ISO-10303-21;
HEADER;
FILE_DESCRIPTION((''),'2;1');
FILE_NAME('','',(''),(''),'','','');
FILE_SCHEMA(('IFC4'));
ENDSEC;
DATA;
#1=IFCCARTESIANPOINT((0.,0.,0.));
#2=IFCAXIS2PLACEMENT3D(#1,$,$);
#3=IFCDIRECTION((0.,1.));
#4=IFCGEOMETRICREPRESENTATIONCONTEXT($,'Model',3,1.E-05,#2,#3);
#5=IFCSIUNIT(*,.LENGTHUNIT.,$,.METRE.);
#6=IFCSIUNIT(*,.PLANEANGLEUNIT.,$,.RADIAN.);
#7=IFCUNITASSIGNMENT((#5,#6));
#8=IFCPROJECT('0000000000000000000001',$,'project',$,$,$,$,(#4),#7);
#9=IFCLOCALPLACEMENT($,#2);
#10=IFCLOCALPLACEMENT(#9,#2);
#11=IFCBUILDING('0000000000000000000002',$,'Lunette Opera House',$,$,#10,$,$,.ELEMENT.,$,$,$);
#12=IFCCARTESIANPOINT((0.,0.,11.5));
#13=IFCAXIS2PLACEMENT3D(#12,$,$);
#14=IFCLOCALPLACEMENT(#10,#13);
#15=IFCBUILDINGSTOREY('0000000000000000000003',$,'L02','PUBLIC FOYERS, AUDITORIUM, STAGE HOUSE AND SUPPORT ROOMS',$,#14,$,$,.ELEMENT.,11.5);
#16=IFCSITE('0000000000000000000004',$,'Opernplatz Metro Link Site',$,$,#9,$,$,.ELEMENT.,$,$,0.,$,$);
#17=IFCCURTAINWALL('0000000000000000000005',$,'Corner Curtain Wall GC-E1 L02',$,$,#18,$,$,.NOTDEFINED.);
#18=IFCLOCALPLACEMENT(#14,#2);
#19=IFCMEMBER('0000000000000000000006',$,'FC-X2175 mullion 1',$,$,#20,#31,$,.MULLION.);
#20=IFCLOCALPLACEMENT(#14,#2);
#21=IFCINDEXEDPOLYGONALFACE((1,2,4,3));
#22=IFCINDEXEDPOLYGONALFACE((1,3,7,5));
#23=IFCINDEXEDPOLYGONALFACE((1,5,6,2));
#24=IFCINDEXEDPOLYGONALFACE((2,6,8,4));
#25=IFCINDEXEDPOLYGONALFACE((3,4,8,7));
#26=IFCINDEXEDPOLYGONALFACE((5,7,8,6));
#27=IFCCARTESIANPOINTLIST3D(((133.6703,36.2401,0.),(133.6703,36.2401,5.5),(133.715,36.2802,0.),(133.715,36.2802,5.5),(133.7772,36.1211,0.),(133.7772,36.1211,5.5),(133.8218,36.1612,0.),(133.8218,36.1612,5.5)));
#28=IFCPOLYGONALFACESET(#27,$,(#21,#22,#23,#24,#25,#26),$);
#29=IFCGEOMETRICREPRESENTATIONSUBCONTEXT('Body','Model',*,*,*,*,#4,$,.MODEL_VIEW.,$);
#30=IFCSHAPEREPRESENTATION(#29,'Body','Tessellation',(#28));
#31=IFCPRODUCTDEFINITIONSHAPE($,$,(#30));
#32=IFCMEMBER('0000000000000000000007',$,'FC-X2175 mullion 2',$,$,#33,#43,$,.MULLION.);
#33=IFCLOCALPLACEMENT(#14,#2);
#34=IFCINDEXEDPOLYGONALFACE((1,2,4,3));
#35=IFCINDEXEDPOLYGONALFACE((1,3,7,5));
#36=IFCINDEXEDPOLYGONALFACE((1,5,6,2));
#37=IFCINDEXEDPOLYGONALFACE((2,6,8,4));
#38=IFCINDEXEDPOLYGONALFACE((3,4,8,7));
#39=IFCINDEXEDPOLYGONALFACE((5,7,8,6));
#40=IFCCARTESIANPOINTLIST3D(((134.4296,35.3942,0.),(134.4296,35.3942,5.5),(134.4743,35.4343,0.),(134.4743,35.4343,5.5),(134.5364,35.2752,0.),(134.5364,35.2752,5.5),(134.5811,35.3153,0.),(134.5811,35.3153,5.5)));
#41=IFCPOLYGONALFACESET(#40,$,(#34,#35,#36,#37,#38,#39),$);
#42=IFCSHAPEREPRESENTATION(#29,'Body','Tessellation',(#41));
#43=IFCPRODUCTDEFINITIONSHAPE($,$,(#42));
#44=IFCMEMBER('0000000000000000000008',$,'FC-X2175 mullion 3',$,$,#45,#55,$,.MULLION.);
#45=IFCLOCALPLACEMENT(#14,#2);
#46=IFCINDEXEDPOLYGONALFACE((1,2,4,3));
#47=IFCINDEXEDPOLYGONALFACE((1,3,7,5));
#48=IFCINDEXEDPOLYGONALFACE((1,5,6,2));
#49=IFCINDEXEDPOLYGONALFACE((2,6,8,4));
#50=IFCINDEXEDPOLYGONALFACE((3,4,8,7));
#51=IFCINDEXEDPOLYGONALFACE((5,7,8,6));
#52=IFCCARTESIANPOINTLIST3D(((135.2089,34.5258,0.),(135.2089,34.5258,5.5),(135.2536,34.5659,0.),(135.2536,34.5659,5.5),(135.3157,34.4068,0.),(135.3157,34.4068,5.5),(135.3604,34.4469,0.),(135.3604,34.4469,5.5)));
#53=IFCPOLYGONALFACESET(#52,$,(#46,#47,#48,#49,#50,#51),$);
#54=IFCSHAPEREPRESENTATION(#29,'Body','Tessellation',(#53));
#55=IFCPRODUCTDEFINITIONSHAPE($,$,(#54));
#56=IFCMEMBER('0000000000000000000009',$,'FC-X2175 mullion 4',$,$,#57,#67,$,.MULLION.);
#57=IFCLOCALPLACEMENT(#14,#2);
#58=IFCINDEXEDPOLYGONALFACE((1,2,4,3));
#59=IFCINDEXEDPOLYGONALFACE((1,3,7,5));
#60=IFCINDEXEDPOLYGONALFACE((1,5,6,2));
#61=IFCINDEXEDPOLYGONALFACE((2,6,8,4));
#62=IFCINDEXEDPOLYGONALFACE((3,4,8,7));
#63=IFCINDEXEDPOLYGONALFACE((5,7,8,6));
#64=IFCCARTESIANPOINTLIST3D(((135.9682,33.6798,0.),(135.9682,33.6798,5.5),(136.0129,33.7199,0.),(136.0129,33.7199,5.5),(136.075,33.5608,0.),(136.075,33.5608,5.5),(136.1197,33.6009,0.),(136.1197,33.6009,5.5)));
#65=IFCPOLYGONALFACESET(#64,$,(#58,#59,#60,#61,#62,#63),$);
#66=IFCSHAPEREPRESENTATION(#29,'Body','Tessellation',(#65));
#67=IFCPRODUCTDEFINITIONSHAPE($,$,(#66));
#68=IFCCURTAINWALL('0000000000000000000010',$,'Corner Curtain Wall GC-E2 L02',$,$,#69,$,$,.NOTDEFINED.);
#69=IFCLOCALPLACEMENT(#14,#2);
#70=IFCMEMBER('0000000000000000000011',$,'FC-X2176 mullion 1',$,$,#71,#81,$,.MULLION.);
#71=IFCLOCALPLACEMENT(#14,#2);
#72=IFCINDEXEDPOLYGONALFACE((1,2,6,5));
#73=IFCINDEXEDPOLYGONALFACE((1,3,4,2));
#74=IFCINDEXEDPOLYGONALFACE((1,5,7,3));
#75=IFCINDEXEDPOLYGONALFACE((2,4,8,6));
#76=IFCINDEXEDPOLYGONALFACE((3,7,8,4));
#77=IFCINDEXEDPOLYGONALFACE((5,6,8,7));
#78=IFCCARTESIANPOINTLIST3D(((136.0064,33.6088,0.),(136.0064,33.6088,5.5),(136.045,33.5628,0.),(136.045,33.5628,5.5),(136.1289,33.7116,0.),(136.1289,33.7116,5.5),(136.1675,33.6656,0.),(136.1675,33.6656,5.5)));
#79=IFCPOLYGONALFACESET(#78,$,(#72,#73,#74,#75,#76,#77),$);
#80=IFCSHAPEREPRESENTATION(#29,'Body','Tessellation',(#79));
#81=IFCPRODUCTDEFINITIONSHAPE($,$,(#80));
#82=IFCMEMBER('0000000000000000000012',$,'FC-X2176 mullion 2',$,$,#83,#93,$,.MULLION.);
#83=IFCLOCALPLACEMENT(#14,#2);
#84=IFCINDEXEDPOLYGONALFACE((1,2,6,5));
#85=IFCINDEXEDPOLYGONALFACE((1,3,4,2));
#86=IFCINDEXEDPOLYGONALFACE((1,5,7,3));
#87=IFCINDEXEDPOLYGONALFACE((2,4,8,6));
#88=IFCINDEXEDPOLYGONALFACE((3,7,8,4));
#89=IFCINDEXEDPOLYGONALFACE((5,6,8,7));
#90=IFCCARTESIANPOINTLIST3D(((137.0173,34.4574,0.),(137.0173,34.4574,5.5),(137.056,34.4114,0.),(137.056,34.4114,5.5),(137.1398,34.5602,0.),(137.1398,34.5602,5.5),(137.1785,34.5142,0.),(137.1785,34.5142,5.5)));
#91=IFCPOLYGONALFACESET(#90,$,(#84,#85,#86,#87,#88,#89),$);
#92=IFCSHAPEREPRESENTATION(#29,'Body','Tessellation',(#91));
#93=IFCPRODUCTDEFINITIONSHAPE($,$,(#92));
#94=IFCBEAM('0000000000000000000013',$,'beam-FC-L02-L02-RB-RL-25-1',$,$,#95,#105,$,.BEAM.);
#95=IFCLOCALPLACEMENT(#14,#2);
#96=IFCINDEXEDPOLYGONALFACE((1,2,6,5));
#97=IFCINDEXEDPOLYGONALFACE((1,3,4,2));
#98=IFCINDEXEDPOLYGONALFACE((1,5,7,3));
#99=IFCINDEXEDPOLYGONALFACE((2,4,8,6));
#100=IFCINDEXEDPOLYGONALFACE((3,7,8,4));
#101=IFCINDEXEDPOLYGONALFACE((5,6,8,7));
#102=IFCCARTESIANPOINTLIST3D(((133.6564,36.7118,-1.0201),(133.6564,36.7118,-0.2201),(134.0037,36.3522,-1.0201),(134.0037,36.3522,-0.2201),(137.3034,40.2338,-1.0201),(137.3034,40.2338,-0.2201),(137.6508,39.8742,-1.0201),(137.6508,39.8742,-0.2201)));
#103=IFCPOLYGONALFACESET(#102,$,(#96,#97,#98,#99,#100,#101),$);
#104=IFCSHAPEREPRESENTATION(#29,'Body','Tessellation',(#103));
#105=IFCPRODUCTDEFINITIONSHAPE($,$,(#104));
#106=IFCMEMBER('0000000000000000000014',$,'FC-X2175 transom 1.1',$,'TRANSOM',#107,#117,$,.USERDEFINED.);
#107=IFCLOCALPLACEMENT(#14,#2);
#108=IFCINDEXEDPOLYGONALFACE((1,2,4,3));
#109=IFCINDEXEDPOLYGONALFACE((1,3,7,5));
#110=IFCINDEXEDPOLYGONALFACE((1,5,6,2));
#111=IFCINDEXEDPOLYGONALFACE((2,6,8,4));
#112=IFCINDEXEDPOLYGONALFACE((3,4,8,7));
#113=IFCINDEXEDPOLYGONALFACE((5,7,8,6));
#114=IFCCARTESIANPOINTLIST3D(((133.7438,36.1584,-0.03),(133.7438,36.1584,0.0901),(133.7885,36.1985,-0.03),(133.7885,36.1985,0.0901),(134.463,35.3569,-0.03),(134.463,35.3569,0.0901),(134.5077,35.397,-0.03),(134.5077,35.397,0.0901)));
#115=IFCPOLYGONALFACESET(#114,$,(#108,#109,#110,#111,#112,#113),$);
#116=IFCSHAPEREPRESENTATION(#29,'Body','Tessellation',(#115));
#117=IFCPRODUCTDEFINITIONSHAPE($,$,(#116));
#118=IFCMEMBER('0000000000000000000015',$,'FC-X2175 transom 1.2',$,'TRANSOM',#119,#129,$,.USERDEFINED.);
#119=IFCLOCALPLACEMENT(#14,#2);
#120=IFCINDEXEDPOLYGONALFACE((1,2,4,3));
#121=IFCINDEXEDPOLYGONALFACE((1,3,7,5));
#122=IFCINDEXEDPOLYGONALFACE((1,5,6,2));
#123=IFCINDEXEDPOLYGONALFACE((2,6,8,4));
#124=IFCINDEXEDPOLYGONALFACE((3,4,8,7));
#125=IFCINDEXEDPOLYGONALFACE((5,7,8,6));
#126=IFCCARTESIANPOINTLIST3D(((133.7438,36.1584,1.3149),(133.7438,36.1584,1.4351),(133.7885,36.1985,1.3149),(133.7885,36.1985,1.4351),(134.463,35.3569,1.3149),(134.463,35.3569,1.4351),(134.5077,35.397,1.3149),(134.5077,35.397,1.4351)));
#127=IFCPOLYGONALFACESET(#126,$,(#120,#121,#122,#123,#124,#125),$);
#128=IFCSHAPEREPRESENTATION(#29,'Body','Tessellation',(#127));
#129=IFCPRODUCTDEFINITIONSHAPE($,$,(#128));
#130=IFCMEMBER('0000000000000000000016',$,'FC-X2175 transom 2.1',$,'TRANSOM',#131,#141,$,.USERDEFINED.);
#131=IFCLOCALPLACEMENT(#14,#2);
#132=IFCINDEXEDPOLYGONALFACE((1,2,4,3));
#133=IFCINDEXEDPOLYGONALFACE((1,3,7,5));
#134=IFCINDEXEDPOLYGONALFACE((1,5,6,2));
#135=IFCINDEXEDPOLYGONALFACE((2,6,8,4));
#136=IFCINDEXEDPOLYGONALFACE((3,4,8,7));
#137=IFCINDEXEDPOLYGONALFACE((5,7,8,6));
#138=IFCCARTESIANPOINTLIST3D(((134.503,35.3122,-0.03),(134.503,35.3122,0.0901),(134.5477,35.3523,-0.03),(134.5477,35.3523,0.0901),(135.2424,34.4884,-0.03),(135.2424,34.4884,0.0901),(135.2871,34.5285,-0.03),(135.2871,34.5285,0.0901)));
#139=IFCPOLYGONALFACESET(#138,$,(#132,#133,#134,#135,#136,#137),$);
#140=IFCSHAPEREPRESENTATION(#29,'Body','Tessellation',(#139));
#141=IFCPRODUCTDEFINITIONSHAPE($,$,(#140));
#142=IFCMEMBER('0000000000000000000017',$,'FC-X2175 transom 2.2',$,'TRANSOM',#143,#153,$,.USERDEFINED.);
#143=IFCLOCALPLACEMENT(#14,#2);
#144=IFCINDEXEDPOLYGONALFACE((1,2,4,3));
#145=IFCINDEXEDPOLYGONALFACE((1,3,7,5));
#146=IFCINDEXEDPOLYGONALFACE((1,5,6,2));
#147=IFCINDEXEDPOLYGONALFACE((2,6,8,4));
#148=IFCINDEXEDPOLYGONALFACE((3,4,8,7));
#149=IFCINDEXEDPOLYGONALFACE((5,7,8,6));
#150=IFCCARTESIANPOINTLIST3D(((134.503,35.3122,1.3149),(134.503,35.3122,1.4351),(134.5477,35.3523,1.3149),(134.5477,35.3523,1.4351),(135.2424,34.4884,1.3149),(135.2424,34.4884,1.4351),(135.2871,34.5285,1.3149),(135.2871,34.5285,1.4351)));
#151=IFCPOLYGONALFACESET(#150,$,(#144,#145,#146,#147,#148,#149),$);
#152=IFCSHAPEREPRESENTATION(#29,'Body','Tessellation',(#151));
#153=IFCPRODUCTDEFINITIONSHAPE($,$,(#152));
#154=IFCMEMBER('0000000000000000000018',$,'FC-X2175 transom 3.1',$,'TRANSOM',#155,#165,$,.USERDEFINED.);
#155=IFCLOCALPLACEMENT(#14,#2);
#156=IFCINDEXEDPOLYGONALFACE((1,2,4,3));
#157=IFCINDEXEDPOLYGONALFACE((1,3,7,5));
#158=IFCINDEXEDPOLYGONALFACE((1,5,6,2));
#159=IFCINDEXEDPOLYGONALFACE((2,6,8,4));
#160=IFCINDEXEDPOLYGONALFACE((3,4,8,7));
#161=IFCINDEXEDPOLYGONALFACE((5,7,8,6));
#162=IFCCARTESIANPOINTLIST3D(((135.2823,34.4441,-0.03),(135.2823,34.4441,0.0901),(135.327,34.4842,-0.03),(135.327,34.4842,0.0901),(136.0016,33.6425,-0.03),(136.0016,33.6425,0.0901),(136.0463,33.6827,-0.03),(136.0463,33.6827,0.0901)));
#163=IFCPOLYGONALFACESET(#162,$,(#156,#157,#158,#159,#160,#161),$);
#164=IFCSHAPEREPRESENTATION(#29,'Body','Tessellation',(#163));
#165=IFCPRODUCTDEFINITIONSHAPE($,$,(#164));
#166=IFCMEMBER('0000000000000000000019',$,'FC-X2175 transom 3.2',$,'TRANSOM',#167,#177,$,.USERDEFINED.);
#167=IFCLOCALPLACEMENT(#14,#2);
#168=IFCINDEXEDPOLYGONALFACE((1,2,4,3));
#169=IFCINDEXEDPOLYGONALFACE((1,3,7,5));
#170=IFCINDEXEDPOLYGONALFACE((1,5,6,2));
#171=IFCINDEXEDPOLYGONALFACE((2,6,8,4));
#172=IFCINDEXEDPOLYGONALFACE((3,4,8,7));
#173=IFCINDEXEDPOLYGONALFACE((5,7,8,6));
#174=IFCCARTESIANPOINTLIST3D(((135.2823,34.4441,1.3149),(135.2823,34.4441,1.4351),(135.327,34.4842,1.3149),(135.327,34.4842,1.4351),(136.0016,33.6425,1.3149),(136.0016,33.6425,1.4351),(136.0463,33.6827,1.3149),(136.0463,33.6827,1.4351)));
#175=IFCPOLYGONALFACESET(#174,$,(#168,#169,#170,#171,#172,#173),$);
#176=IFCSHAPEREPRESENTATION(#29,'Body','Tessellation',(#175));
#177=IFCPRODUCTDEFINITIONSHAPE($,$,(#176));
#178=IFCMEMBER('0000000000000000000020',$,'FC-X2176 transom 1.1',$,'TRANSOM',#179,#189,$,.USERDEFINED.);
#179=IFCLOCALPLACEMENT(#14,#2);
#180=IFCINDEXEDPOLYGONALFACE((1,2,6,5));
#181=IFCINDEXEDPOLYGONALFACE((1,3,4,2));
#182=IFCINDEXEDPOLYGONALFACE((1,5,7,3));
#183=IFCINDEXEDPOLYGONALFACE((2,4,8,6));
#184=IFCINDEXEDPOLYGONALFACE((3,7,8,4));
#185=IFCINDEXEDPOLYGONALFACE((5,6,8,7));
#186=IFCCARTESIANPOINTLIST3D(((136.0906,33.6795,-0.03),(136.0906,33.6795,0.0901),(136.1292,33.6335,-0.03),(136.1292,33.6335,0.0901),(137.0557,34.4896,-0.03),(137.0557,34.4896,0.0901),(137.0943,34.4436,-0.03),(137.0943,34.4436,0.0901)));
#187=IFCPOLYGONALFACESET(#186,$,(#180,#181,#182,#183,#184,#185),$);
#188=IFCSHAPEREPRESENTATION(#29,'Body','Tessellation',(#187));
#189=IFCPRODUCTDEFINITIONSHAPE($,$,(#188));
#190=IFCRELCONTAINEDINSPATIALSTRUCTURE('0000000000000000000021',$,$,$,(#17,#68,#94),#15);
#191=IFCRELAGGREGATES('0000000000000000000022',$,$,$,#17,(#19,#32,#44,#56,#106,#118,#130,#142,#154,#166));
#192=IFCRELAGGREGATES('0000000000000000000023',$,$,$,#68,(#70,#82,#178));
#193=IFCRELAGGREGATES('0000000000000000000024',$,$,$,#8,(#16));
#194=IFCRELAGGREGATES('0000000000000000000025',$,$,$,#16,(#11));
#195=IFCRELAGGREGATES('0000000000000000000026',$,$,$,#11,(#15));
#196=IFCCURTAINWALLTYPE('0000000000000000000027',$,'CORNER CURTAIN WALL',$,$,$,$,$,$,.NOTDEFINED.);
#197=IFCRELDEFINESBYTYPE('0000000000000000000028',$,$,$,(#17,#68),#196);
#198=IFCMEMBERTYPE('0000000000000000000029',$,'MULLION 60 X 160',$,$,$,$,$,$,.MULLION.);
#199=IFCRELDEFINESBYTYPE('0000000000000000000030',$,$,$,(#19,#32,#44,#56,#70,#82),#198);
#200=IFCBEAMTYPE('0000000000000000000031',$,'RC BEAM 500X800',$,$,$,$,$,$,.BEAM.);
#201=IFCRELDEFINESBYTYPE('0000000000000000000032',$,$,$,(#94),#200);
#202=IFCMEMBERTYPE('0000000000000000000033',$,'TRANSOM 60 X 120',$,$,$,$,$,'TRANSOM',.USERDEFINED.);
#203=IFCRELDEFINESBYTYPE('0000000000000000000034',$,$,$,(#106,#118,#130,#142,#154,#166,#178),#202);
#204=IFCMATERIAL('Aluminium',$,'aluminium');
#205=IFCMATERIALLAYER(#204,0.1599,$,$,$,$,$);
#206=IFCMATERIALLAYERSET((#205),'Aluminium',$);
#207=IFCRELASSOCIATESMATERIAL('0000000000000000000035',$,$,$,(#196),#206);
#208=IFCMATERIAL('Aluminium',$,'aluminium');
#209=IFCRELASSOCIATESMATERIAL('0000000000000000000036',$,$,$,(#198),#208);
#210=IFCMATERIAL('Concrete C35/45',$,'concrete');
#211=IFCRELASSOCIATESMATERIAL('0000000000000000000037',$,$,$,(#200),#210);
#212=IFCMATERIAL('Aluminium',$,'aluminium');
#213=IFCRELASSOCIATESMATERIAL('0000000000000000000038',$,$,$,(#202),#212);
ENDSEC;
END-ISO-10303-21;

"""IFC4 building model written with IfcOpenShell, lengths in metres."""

from ifc_helpers import new_model, si_unit, direction, frame, origin, origin_2d, place, context, subcontext, project, spatial, rectangle, extrude, material, layer, layer_set, material_profile, profile_set, type_object, element, aggregate, save


model = new_model("IFC4")

# Units and contexts
model_context = context("Model", 3, precision=1e-05, world=origin(), true_north=direction((0.0, 1.0)))
body_context = subcontext(model_context, "Body", "Model", "MODEL_VIEW")
ifc_project = project(units=[si_unit("LENGTHUNIT", "METRE"), si_unit("PLANEANGLEUNIT", "RADIAN")], contexts=[model_context])

# Site, building, storey
site_placement = place(None, origin())
site = spatial("IfcSite", under=ifc_project, at=site_placement, Name="Opernplatz Metro Link Site", CompositionType="ELEMENT", RefElevation=0.0)
building_placement = place(site_placement, origin())
building = spatial("IfcBuilding", under=site, at=building_placement, Name="Lunette Opera House", CompositionType="ELEMENT")
storey_placement = place(building_placement, frame((0.0, 0.0, 11.5)))
storey = spatial("IfcBuildingStorey", under=building, at=storey_placement, Name="L02", Description="PUBLIC FOYERS, AUDITORIUM, STAGE HOUSE AND SUPPORT ROOMS", CompositionType="ELEMENT", Elevation=11.5)

# Curtain walls, members
ifc_material_1 = material(Name="Aluminium", Category="aluminium")
ifc_layer_1 = layer(ifc_material_1, 0.1599)
ifc_layer_set_1 = layer_set([ifc_layer_1], Name="Aluminium")
curtain_wall_type = type_object("IfcCurtainWallType", Name="CORNER CURTAIN WALL", PredefinedType="NOTDEFINED", material=ifc_layer_set_1)
curtain_wall_1_placement = place(storey_placement, origin())
curtain_wall_1 = element("IfcCurtainWall", 1, at=curtain_wall_1_placement, inside=storey, type_object=curtain_wall_type, Name="Corner Curtain Wall GC-E1 L02", PredefinedType="NOTDEFINED")
ifc_material_2 = material(Name="Aluminium", Category="aluminium")
ifc_material_profile_1 = material_profile(ifc_material_2, rectangle(XDim=0.0601, YDim=0.1599, at=origin_2d()), Name="MULLION 60 X 160")
ifc_profile_set_1 = profile_set([ifc_material_profile_1], Name="Aluminium")
member_type_1 = type_object("IfcMemberType", Name="MULLION 60 X 160", PredefinedType="MULLION", material=ifc_profile_set_1)
member_1_placement = place(storey_placement, frame((133.7461, 36.2007, 0.0), z_axis=(0.0, 0.0, 1.0), x_axis=(0.744217, 0.667938, 0.0)))
member_1 = element("IfcMember", 2, at=member_1_placement, type_object=member_type_1, Name="FC-X2175 mullion 1", PredefinedType="MULLION", context=body_context, shape_type="SweptSolid", body=[
    extrude(rectangle(XDim=0.0601, YDim=0.1599, at=origin_2d()), origin(), (0.0, 0.0, 1.0), 5.5),
])
member_2_placement = place(storey_placement, frame((134.5054, 35.3547, 0.0), z_axis=(0.0, 0.0, 1.0), x_axis=(0.744217, 0.667938, 0.0)))
member_2 = element("IfcMember", 3, at=member_2_placement, type_object=member_type_1, Name="FC-X2175 mullion 2", PredefinedType="MULLION", context=body_context, shape_type="SweptSolid", body=[
    extrude(rectangle(XDim=0.0601, YDim=0.1599, at=origin_2d()), origin(), (0.0, 0.0, 1.0), 5.5),
])
member_3_placement = place(storey_placement, frame((135.2847, 34.4863, 0.0), z_axis=(0.0, 0.0, 1.0), x_axis=(0.744217, 0.667938, 0.0)))
member_3 = element("IfcMember", 4, at=member_3_placement, type_object=member_type_1, Name="FC-X2175 mullion 3", PredefinedType="MULLION", context=body_context, shape_type="SweptSolid", body=[
    extrude(rectangle(XDim=0.0601, YDim=0.1599, at=origin_2d()), origin(), (0.0, 0.0, 1.0), 5.5),
])
member_4_placement = place(storey_placement, frame((136.0439, 33.6404, 0.0), z_axis=(0.0, 0.0, 1.0), x_axis=(0.744217, 0.667938, 0.0)))
member_4 = element("IfcMember", 5, at=member_4_placement, type_object=member_type_1, Name="FC-X2175 mullion 4", PredefinedType="MULLION", context=body_context, shape_type="SweptSolid", body=[
    extrude(rectangle(XDim=0.0601, YDim=0.1599, at=origin_2d()), origin(), (0.0, 0.0, 1.0), 5.5),
])
curtain_wall_2_placement = place(storey_placement, origin())
curtain_wall_2 = element("IfcCurtainWall", 6, at=curtain_wall_2_placement, inside=storey, type_object=curtain_wall_type, Name="Corner Curtain Wall GC-E2 L02", PredefinedType="NOTDEFINED")
member_5_placement = place(storey_placement, frame((136.0869, 33.6372, 0.0), z_axis=(0.0, 0.0, 1.0), x_axis=(-0.64284, 0.766, 0.0)))
member_5 = element("IfcMember", 7, at=member_5_placement, type_object=member_type_1, Name="FC-X2176 mullion 1", PredefinedType="MULLION", context=body_context, shape_type="SweptSolid", body=[
    extrude(rectangle(XDim=0.0601, YDim=0.1599, at=origin_2d()), origin(), (0.0, 0.0, 1.0), 5.5),
])
member_6_placement = place(storey_placement, frame((137.0979, 34.4858, 0.0), z_axis=(0.0, 0.0, 1.0), x_axis=(-0.64284, 0.766, 0.0)))
member_6 = element("IfcMember", 8, at=member_6_placement, type_object=member_type_1, Name="FC-X2176 mullion 2", PredefinedType="MULLION", context=body_context, shape_type="SweptSolid", body=[
    extrude(rectangle(XDim=0.0601, YDim=0.1599, at=origin_2d()), origin(), (0.0, 0.0, 1.0), 5.5),
])

# Beam
ifc_material_3 = material(Name="Concrete C35/45", Category="concrete")
ifc_material_profile_2 = material_profile(ifc_material_3, rectangle(XDim=0.5, YDim=0.8, at=origin_2d()), Name="RC BEAM 500X800")
ifc_profile_set_2 = profile_set([ifc_material_profile_2], Name="Concrete C35/45")
beam_type = type_object("IfcBeamType", Name="RC BEAM 500X800", PredefinedType="BEAM", material=ifc_profile_set_2)
beam_placement = place(storey_placement, frame((133.8301, 36.532, -0.6201), z_axis=(0.719327, 0.694672, 0.0), x_axis=(-0.694672, 0.719327, 0.0)))
element("IfcBeam", 9, at=beam_placement, inside=storey, type_object=beam_type, Name="beam-FC-L02-L02-RB-RL-25-1", PredefinedType="BEAM", context=body_context, shape_type="SweptSolid", body=[
    extrude(rectangle(XDim=0.5, YDim=0.8, at=origin_2d()), origin(), (0.0, 0.0, 1.0), 5.0701),
])

# Members
ifc_material_4 = material(Name="Aluminium", Category="aluminium")
ifc_material_profile_3 = material_profile(ifc_material_4, rectangle(XDim=0.0601, YDim=0.1201, at=origin_2d()), Name="TRANSOM 60 X 120")
ifc_profile_set_3 = profile_set([ifc_material_profile_3], Name="Aluminium")
member_type_2 = type_object("IfcMemberType", Name="TRANSOM 60 X 120", ElementType="TRANSOM", PredefinedType="USERDEFINED", material=ifc_profile_set_3)
member_7_placement = place(storey_placement, frame((133.7661, 36.1785, 0.03), z_axis=(0.667874, -0.744274, 0.0), x_axis=(0.744274, 0.667874, 0.0)))
member_7 = element("IfcMember", 10, at=member_7_placement, type_object=member_type_2, Name="FC-X2175 transom 1.1", ObjectType="TRANSOM", PredefinedType="USERDEFINED", context=body_context, shape_type="SweptSolid", body=[
    extrude(rectangle(XDim=0.0601, YDim=0.1201, at=origin_2d()), origin(), (0.0, 0.0, 1.0), 1.0769),
])
member_8_placement = place(storey_placement, frame((133.7661, 36.1785, 1.375), z_axis=(0.667874, -0.744274, 0.0), x_axis=(0.744274, 0.667874, 0.0)))
member_8 = element("IfcMember", 11, at=member_8_placement, type_object=member_type_2, Name="FC-X2175 transom 1.2", ObjectType="TRANSOM", PredefinedType="USERDEFINED", context=body_context, shape_type="SweptSolid", body=[
    extrude(rectangle(XDim=0.0601, YDim=0.1201, at=origin_2d()), origin(), (0.0, 0.0, 1.0), 1.0769),
])
member_9_placement = place(storey_placement, frame((134.5254, 35.3323, 0.03), z_axis=(0.667916, -0.744237, 0.0), x_axis=(0.744237, 0.667916, 0.0)))
member_9 = element("IfcMember", 12, at=member_9_placement, type_object=member_type_2, Name="FC-X2175 transom 2.1", ObjectType="TRANSOM", PredefinedType="USERDEFINED", context=body_context, shape_type="SweptSolid", body=[
    extrude(rectangle(XDim=0.0601, YDim=0.1201, at=origin_2d()), origin(), (0.0, 0.0, 1.0), 1.1069),
])
member_10_placement = place(storey_placement, frame((134.5254, 35.3323, 1.375), z_axis=(0.667916, -0.744237, 0.0), x_axis=(0.744237, 0.667916, 0.0)))
member_10 = element("IfcMember", 13, at=member_10_placement, type_object=member_type_2, Name="FC-X2175 transom 2.2", ObjectType="TRANSOM", PredefinedType="USERDEFINED", context=body_context, shape_type="SweptSolid", body=[
    extrude(rectangle(XDim=0.0601, YDim=0.1201, at=origin_2d()), origin(), (0.0, 0.0, 1.0), 1.1069),
])
member_11_placement = place(storey_placement, frame((135.3047, 34.4641, 0.03), z_axis=(0.667874, -0.744274, 0.0), x_axis=(0.744274, 0.667874, 0.0)))
member_11 = element("IfcMember", 14, at=member_11_placement, type_object=member_type_2, Name="FC-X2175 transom 3.1", ObjectType="TRANSOM", PredefinedType="USERDEFINED", context=body_context, shape_type="SweptSolid", body=[
    extrude(rectangle(XDim=0.0601, YDim=0.1201, at=origin_2d()), origin(), (0.0, 0.0, 1.0), 1.0769),
])
member_12_placement = place(storey_placement, frame((135.3047, 34.4641, 1.375), z_axis=(0.667874, -0.744274, 0.0), x_axis=(0.744274, 0.667874, 0.0)))
member_12 = element("IfcMember", 15, at=member_12_placement, type_object=member_type_2, Name="FC-X2175 transom 3.2", ObjectType="TRANSOM", PredefinedType="USERDEFINED", context=body_context, shape_type="SweptSolid", body=[
    extrude(rectangle(XDim=0.0601, YDim=0.1201, at=origin_2d()), origin(), (0.0, 0.0, 1.0), 1.0769),
])
member_13_placement = place(storey_placement, frame((136.1099, 33.6565, 0.03), z_axis=(0.765945, 0.642906, 0.0), x_axis=(-0.642906, 0.765945, 0.0)))
member_13 = element("IfcMember", 16, at=member_13_placement, type_object=member_type_2, Name="FC-X2176 transom 1.1", ObjectType="TRANSOM", PredefinedType="USERDEFINED", context=body_context, shape_type="SweptSolid", body=[
    extrude(rectangle(XDim=0.0601, YDim=0.1201, at=origin_2d()), origin(), (0.0, 0.0, 1.0), 1.26),
])

aggregate(curtain_wall_1, [member_1, member_2, member_3, member_4, member_7, member_8, member_9, member_10, member_11, member_12])
aggregate(curtain_wall_2, [member_5, member_6, member_13])

save(model, "model.ifc")
